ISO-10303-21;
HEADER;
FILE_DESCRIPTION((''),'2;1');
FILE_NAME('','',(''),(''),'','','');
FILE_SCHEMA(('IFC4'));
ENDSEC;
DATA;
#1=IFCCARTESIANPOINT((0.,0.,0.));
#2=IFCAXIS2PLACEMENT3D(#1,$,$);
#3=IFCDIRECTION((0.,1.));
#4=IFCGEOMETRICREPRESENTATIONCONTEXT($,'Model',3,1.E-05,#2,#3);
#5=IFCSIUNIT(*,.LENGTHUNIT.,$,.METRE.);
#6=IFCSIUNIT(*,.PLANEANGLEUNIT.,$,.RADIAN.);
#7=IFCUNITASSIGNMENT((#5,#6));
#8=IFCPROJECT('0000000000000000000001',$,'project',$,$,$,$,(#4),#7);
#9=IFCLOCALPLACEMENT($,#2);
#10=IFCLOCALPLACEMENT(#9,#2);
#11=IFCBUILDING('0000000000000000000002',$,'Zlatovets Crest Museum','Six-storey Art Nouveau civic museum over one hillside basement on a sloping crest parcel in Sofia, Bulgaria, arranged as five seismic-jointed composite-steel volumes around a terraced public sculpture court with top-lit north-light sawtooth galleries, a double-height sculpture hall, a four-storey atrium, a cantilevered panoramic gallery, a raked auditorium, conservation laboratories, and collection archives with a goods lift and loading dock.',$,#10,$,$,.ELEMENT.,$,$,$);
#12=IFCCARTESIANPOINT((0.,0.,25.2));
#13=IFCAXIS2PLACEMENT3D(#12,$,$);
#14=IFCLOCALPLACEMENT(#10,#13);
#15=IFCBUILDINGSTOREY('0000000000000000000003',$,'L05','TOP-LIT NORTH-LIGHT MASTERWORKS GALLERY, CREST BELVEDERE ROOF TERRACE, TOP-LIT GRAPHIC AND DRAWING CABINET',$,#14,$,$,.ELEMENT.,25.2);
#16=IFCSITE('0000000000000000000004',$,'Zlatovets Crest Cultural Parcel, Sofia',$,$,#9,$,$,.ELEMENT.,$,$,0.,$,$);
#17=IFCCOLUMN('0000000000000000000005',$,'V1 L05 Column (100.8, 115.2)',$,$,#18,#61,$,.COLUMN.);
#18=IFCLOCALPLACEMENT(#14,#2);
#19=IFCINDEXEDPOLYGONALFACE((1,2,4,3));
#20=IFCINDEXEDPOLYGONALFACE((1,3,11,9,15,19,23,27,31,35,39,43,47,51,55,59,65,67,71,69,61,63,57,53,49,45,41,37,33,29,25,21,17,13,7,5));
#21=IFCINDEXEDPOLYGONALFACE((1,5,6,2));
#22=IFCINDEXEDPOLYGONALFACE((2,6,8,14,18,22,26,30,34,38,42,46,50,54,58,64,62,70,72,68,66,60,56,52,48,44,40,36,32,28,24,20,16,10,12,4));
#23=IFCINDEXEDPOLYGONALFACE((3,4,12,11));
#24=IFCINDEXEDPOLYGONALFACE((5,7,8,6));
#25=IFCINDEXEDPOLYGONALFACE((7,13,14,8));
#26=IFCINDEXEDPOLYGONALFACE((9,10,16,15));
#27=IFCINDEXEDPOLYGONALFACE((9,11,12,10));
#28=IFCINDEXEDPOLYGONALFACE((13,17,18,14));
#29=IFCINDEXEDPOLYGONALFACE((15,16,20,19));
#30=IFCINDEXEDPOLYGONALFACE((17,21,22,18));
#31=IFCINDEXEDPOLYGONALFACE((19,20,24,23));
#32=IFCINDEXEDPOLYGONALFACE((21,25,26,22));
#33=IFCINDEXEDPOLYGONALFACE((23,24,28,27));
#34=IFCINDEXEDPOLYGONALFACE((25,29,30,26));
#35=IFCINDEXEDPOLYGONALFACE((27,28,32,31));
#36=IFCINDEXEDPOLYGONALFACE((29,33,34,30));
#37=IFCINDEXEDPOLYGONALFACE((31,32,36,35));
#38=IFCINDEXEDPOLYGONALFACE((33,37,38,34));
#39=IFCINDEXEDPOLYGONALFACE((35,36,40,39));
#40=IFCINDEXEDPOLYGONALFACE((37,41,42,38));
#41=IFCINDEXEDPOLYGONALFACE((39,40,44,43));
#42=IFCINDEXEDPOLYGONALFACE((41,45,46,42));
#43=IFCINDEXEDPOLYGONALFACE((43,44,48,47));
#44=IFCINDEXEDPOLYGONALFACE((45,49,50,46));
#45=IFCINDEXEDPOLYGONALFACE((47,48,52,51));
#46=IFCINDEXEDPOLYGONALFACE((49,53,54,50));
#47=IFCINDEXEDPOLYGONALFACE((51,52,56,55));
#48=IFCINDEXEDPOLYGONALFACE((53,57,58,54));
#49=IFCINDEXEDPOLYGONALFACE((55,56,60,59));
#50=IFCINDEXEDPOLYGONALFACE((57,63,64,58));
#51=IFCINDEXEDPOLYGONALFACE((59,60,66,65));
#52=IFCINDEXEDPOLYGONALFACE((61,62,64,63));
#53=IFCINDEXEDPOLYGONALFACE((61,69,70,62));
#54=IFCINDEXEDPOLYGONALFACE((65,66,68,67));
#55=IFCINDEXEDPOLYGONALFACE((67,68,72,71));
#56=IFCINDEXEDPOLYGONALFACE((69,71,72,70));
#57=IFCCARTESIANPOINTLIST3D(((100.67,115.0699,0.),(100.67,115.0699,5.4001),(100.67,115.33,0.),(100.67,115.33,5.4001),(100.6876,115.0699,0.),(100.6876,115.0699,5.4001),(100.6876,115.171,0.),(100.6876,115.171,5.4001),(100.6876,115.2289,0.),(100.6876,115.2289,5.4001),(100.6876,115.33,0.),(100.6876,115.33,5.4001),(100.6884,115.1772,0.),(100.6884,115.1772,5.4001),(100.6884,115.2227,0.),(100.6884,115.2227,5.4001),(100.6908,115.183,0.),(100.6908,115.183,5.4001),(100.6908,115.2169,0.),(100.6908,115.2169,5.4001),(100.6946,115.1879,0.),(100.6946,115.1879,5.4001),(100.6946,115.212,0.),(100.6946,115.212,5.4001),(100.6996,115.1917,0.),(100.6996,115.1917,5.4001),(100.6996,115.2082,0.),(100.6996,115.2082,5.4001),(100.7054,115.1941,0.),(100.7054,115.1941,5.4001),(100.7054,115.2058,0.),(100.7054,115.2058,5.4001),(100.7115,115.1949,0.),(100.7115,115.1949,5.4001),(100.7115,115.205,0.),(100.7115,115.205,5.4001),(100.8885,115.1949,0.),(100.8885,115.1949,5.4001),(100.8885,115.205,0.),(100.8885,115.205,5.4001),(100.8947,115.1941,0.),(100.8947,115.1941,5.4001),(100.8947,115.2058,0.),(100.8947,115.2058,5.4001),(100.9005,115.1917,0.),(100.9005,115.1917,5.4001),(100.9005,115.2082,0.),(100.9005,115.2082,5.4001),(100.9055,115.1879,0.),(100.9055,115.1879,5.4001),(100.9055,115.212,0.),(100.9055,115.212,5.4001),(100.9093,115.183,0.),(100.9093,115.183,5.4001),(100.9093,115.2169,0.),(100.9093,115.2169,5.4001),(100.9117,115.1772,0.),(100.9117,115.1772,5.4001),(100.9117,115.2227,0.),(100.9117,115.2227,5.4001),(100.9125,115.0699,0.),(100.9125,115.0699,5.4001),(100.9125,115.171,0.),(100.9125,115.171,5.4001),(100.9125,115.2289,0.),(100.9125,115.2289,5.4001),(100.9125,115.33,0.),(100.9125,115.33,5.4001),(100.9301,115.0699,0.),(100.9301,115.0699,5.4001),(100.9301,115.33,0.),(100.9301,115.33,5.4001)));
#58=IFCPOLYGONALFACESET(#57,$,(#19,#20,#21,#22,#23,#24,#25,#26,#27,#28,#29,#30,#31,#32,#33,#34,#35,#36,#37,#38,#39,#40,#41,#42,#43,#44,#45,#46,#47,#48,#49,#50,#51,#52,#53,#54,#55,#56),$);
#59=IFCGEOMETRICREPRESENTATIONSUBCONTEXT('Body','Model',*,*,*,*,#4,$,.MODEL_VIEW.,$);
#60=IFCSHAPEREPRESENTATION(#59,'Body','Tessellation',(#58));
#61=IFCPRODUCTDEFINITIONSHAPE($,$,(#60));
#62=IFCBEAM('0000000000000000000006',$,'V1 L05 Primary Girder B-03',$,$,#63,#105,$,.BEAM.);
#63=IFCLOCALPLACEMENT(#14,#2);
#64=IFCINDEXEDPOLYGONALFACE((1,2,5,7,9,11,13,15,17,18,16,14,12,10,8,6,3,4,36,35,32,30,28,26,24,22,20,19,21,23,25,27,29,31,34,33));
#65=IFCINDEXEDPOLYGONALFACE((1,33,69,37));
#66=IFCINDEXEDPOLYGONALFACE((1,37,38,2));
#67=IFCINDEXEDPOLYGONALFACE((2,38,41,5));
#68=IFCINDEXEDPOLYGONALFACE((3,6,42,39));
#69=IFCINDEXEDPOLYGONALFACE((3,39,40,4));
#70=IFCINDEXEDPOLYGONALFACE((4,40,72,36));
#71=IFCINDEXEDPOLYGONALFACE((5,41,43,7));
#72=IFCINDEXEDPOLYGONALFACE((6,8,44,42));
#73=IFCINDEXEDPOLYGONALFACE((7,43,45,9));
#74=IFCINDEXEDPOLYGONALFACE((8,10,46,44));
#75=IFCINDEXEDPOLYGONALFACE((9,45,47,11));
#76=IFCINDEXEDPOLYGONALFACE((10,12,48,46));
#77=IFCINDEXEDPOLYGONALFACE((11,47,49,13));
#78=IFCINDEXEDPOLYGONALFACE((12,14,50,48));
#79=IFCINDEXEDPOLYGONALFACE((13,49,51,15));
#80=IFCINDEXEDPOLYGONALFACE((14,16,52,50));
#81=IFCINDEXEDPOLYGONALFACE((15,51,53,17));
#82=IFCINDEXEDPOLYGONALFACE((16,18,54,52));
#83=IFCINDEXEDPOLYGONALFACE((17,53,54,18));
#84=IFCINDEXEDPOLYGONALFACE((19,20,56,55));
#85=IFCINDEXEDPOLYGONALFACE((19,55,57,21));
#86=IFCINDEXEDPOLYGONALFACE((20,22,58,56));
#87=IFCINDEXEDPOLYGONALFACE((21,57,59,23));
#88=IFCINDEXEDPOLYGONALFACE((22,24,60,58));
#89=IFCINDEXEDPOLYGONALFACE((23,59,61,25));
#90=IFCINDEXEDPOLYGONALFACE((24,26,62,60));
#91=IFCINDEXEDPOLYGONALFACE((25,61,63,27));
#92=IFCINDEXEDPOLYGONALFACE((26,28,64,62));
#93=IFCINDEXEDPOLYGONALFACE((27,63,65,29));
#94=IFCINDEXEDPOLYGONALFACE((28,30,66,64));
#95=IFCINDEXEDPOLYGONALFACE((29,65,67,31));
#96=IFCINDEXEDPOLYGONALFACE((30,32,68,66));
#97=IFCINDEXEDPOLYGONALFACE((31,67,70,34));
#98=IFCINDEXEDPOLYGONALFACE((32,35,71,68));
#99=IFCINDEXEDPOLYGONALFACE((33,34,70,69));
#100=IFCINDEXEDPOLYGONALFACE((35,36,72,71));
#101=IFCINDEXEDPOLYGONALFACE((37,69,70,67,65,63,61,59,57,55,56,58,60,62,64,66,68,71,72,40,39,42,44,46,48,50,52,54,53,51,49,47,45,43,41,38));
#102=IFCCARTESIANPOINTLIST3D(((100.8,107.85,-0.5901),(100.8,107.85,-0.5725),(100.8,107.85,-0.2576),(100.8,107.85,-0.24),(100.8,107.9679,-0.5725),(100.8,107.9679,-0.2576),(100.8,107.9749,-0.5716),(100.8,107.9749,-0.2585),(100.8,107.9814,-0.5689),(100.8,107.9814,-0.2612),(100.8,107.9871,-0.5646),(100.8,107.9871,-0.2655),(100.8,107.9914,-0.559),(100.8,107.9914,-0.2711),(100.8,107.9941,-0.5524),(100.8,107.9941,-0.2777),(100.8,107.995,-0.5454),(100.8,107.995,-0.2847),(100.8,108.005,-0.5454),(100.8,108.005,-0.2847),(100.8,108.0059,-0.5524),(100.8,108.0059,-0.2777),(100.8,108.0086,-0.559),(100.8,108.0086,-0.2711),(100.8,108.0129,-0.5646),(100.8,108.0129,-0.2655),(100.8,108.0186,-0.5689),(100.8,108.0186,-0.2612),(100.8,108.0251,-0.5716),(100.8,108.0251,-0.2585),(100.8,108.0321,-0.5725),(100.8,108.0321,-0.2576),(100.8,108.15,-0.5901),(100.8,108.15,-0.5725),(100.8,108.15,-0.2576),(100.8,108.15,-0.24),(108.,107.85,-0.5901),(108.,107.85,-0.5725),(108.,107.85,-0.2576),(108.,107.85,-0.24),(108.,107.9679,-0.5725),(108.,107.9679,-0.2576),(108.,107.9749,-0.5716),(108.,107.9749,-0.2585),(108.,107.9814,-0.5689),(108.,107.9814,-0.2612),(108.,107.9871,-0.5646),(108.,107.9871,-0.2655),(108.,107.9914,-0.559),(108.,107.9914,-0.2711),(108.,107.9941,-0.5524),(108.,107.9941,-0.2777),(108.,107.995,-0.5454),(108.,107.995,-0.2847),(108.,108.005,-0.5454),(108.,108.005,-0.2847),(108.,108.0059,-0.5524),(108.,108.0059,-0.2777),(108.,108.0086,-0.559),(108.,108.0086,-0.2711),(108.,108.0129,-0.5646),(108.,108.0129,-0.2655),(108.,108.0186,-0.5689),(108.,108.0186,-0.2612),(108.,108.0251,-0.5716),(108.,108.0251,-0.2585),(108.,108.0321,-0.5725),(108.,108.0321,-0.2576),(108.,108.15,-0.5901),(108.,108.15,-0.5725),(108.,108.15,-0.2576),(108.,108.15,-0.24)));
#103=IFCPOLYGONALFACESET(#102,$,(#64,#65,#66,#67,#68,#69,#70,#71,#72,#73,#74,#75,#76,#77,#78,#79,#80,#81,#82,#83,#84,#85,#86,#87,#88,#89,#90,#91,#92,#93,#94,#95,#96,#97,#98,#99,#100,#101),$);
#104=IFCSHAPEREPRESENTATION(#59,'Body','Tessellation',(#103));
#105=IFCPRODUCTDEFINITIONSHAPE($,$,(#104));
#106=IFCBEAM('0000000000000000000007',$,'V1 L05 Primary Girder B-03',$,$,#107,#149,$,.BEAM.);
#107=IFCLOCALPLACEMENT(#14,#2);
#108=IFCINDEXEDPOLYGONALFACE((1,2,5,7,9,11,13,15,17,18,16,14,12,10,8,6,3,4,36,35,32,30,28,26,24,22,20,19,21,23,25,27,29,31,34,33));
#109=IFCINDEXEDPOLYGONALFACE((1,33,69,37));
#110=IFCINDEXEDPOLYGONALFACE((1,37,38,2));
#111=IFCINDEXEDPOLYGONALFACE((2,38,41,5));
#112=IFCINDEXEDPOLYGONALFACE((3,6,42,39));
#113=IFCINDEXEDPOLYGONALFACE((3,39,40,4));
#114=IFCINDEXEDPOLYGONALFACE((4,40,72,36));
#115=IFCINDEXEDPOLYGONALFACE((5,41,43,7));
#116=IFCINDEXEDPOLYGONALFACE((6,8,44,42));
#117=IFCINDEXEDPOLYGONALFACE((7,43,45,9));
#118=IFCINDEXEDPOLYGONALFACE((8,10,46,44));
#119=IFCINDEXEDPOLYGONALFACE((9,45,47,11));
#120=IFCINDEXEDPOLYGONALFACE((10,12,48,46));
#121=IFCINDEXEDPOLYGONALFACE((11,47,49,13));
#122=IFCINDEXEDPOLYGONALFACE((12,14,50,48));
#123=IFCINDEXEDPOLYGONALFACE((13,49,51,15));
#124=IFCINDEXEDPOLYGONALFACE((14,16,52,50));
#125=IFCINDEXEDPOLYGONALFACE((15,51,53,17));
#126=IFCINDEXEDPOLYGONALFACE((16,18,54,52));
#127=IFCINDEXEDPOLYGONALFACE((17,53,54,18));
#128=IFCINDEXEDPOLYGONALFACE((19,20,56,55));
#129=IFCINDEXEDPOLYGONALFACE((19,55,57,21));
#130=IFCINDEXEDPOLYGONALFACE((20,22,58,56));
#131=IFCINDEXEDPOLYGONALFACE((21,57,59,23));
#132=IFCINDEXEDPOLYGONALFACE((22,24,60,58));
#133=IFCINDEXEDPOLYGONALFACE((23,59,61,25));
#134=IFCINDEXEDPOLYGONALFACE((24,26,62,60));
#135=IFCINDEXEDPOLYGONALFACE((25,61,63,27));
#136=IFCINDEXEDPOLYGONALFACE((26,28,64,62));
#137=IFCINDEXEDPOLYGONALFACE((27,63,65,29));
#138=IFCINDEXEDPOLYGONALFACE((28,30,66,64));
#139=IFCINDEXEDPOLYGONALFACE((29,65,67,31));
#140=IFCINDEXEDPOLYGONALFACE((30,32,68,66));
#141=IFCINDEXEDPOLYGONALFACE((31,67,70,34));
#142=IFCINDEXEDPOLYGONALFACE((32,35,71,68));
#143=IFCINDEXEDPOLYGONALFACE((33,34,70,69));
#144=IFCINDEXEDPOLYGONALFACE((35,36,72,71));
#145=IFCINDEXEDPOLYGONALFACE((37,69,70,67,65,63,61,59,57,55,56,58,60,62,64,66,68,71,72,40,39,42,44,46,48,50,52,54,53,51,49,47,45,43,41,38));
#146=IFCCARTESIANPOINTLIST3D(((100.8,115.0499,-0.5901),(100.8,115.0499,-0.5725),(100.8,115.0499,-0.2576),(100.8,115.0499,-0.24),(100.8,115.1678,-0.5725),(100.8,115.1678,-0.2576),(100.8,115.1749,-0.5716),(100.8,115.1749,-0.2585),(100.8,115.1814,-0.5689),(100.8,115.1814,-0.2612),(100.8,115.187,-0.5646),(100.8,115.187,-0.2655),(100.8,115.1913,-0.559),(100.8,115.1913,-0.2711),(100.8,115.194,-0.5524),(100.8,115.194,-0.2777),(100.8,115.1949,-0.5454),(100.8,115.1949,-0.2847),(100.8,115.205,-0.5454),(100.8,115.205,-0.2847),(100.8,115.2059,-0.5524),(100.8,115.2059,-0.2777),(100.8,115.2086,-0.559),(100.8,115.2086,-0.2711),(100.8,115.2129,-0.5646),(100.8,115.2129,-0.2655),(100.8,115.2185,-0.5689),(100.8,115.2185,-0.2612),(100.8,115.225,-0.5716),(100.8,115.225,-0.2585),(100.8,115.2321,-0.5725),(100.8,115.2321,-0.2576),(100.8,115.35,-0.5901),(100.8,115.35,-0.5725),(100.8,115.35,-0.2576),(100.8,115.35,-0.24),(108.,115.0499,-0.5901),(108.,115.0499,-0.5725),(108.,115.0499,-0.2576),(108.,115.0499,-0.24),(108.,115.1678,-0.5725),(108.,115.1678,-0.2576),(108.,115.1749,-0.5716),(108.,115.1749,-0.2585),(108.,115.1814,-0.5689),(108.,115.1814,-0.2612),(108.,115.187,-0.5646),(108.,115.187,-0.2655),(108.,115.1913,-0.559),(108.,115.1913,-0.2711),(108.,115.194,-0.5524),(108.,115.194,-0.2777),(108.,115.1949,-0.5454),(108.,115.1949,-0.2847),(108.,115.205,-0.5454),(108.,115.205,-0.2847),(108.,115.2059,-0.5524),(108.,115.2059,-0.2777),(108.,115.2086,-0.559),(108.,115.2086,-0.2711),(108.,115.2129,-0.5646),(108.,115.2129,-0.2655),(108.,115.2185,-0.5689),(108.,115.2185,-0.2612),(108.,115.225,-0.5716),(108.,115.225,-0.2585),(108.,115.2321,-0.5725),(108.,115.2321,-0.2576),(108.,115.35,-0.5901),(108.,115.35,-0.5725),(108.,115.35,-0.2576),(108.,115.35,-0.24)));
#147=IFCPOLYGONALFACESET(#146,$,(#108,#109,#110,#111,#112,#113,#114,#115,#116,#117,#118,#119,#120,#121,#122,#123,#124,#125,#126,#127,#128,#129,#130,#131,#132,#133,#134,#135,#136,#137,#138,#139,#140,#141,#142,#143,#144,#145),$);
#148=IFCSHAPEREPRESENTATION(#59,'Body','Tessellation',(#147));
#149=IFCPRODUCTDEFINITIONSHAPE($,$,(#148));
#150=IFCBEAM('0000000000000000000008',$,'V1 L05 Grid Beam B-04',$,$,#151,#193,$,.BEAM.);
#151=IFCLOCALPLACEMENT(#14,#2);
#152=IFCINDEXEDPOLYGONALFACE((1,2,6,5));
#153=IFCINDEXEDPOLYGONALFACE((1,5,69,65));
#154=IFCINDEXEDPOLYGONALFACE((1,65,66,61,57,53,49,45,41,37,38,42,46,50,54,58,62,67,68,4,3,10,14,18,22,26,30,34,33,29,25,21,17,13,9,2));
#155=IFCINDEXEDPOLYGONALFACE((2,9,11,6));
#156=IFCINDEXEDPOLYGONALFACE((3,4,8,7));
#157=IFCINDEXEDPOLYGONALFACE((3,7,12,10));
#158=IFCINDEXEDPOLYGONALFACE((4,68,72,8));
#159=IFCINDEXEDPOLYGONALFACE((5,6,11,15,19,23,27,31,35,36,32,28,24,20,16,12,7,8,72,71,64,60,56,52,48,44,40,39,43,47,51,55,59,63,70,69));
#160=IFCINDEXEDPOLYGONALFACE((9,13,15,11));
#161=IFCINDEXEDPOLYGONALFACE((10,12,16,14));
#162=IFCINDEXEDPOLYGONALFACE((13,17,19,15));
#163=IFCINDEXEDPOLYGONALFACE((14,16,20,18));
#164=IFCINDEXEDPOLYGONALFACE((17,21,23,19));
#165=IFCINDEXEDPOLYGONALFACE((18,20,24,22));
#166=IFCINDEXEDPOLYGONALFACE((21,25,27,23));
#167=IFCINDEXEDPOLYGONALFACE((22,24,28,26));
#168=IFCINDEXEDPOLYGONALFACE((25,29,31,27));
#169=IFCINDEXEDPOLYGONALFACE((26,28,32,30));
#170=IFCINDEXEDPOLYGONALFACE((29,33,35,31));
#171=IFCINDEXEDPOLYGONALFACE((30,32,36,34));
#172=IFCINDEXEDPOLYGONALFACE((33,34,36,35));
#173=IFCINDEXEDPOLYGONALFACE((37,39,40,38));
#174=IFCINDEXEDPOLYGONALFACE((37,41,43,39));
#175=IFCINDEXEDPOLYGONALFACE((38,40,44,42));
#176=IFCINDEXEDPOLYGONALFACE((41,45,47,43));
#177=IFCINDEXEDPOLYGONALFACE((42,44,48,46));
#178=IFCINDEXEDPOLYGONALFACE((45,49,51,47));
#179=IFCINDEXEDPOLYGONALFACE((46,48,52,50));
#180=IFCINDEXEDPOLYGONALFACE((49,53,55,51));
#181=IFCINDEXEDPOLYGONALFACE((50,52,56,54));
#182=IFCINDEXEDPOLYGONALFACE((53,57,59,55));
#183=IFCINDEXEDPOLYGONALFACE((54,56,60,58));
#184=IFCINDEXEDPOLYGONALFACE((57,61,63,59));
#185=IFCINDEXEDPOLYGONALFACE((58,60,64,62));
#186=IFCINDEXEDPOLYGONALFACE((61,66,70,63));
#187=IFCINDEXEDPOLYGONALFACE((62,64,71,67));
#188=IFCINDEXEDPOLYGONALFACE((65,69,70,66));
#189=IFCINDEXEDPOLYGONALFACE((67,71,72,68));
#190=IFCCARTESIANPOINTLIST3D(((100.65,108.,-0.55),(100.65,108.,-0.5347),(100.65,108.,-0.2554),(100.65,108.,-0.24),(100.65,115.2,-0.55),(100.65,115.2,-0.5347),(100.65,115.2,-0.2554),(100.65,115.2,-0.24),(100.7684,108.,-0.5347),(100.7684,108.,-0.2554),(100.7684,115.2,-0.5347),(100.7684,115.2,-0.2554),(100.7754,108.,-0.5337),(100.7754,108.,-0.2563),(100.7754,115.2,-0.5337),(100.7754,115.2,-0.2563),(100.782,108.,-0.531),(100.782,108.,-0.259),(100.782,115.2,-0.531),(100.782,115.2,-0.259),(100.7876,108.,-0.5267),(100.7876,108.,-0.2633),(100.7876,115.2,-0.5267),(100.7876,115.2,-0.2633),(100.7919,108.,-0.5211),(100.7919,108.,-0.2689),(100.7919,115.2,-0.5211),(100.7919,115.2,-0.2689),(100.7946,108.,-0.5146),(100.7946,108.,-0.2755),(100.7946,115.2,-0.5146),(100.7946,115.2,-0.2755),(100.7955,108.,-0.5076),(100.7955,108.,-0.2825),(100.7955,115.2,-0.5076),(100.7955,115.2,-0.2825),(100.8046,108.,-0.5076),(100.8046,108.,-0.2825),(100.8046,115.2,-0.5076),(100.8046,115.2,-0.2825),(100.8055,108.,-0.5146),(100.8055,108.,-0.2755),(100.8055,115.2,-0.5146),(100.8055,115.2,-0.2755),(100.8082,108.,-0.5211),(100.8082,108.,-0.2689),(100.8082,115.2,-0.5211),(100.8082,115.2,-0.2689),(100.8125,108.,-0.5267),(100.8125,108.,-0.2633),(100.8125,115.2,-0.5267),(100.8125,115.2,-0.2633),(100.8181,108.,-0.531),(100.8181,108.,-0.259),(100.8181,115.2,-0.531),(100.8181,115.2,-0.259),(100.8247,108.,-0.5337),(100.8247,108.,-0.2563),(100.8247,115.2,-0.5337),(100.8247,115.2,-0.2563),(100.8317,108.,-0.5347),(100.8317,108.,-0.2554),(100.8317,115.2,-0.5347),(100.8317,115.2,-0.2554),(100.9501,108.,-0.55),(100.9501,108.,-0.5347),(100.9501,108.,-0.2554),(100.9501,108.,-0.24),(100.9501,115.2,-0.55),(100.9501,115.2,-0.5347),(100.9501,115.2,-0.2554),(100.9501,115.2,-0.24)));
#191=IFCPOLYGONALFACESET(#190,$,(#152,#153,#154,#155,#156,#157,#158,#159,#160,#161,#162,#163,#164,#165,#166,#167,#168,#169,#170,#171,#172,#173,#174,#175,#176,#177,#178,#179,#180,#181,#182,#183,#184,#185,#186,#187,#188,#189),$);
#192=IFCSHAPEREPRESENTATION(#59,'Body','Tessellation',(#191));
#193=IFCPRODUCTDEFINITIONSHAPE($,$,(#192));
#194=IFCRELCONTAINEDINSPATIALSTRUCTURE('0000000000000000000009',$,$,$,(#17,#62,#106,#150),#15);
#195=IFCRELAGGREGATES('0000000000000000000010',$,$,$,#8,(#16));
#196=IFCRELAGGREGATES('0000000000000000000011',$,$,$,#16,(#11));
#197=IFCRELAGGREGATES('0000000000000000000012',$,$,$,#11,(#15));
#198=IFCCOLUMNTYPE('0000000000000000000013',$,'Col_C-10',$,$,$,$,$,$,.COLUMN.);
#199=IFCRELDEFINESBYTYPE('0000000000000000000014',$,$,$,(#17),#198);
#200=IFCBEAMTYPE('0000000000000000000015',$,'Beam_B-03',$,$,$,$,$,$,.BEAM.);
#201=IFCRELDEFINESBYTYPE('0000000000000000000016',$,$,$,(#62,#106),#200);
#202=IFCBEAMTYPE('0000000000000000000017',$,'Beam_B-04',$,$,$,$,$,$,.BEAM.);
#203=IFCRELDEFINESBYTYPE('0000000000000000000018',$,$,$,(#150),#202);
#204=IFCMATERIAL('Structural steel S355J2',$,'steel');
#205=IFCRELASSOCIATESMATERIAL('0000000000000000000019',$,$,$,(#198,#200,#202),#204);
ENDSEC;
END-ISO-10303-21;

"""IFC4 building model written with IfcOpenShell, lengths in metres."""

from ifc_helpers import new_model, si_unit, direction, frame, origin, origin_2d, place, context, subcontext, project, spatial, i_section, extrude, material, material_profile, profile_set, type_object, element, save


model = new_model("IFC4")

# Units and contexts
model_context = context("Model", 3, precision=1e-05, world=origin(), true_north=direction((0.0, 1.0)))
body_context = subcontext(model_context, "Body", "Model", "MODEL_VIEW")
ifc_project = project(units=[si_unit("LENGTHUNIT", "METRE"), si_unit("PLANEANGLEUNIT", "RADIAN")], contexts=[model_context])

# Site, building, storey
site_placement = place(None, origin())
site = spatial("IfcSite", under=ifc_project, at=site_placement, Name="Zlatovets Crest Cultural Parcel, Sofia", CompositionType="ELEMENT", RefElevation=0.0)
building_placement = place(site_placement, origin())
building = spatial("IfcBuilding", under=site, at=building_placement, Name="Zlatovets Crest Museum", Description="Six-storey Art Nouveau civic museum over one hillside basement on a sloping crest parcel in Sofia, Bulgaria, arranged as five seismic-jointed composite-steel volumes around a terraced public sculpture court with top-lit north-light sawtooth galleries, a double-height sculpture hall, a four-storey atrium, a cantilevered panoramic gallery, a raked auditorium, conservation laboratories, and collection archives with a goods lift and loading dock.", CompositionType="ELEMENT")
storey_placement = place(building_placement, frame((0.0, 0.0, 25.2)))
storey = spatial("IfcBuildingStorey", under=building, at=storey_placement, Name="L05", Description="TOP-LIT NORTH-LIGHT MASTERWORKS GALLERY, CREST BELVEDERE ROOF TERRACE, TOP-LIT GRAPHIC AND DRAWING CABINET", CompositionType="ELEMENT", Elevation=25.2)

# Column
ifc_material_1 = material(Name="Structural steel S355J2", Category="steel")
ifc_material_profile_1 = material_profile(ifc_material_1, i_section(OverallWidth=0.26, OverallDepth=0.26, WebThickness=0.01, FlangeThickness=0.0176, FilletRadius=0.0239, at=origin_2d()), Name="HEB 260")
ifc_profile_set_1 = profile_set([ifc_material_profile_1], Name="Structural steel S355J2")
column_type = type_object("IfcColumnType", Name="Col_C-10", PredefinedType="COLUMN", material=ifc_profile_set_1)
column_placement = place(storey_placement, frame((100.8, 115.2, 0.0), z_axis=(0.0, 0.0, 1.0), x_axis=(0.0, 1.0, 0.0)))
element("IfcColumn", 1, at=column_placement, inside=storey, type_object=column_type, Name="V1 L05 Column (100.8, 115.2)", PredefinedType="COLUMN", context=body_context, shape_type="SweptSolid", body=[
    extrude(i_section(OverallWidth=0.26, OverallDepth=0.26, WebThickness=0.01, FlangeThickness=0.0176, FilletRadius=0.0239, at=origin_2d()), origin(), (0.0, 0.0, 1.0), 5.4001),
])

# Beams
ifc_material_profile_2 = material_profile(ifc_material_1, i_section(OverallWidth=0.3, OverallDepth=0.3501, WebThickness=0.01, FlangeThickness=0.0176, FilletRadius=0.0271, at=origin_2d()), Name="HEA 360")
ifc_profile_set_2 = profile_set([ifc_material_profile_2], Name="Structural steel S355J2")
beam_type_1 = type_object("IfcBeamType", Name="Beam_B-03", PredefinedType="BEAM", material=ifc_profile_set_2)
for number, where, z_axis, x_axis, name in (
    (2, (100.8, 108.0, -0.415), (1.0, 0.0, 0.0), (0.0, 1.0, 0.0), "V1 L05 Primary Girder B-03"),
    (3, (100.8, 115.2, -0.415), (1.0, 0.0, 0.0), (0.0, 1.0, 0.0), "V1 L05 Primary Girder B-03"),
):
    element("IfcBeam", number, at=place(storey_placement, frame(where, z_axis=z_axis, x_axis=x_axis)), inside=storey, type_object=beam_type_1, Name=name, PredefinedType="BEAM", context=body_context, shape_type="SweptSolid", body=[
        extrude(i_section(OverallWidth=0.3, OverallDepth=0.3501, WebThickness=0.01, FlangeThickness=0.0176, FilletRadius=0.0271, at=origin_2d()), origin(), (0.0, 0.0, 1.0), 7.2),
    ])
ifc_material_profile_3 = material_profile(ifc_material_1, i_section(OverallWidth=0.3, OverallDepth=0.3101, WebThickness=0.009, FlangeThickness=0.0154, FilletRadius=0.0271, at=origin_2d()), Name="HEA 320")
ifc_profile_set_3 = profile_set([ifc_material_profile_3], Name="Structural steel S355J2")
beam_type_2 = type_object("IfcBeamType", Name="Beam_B-04", PredefinedType="BEAM", material=ifc_profile_set_3)
beam_1_placement = place(storey_placement, frame((100.8, 108.0, -0.395), z_axis=(0.0, 1.0, 0.0), x_axis=(-1.0, 0.0, 0.0)))
element("IfcBeam", 4, at=beam_1_placement, inside=storey, type_object=beam_type_2, Name="V1 L05 Grid Beam B-04", PredefinedType="BEAM", context=body_context, shape_type="SweptSolid", body=[
    extrude(i_section(OverallWidth=0.3, OverallDepth=0.3101, WebThickness=0.009, FlangeThickness=0.0154, FilletRadius=0.0271, at=origin_2d()), origin(), (0.0, 0.0, 1.0), 7.2),
])

save(model, "model.ifc")
